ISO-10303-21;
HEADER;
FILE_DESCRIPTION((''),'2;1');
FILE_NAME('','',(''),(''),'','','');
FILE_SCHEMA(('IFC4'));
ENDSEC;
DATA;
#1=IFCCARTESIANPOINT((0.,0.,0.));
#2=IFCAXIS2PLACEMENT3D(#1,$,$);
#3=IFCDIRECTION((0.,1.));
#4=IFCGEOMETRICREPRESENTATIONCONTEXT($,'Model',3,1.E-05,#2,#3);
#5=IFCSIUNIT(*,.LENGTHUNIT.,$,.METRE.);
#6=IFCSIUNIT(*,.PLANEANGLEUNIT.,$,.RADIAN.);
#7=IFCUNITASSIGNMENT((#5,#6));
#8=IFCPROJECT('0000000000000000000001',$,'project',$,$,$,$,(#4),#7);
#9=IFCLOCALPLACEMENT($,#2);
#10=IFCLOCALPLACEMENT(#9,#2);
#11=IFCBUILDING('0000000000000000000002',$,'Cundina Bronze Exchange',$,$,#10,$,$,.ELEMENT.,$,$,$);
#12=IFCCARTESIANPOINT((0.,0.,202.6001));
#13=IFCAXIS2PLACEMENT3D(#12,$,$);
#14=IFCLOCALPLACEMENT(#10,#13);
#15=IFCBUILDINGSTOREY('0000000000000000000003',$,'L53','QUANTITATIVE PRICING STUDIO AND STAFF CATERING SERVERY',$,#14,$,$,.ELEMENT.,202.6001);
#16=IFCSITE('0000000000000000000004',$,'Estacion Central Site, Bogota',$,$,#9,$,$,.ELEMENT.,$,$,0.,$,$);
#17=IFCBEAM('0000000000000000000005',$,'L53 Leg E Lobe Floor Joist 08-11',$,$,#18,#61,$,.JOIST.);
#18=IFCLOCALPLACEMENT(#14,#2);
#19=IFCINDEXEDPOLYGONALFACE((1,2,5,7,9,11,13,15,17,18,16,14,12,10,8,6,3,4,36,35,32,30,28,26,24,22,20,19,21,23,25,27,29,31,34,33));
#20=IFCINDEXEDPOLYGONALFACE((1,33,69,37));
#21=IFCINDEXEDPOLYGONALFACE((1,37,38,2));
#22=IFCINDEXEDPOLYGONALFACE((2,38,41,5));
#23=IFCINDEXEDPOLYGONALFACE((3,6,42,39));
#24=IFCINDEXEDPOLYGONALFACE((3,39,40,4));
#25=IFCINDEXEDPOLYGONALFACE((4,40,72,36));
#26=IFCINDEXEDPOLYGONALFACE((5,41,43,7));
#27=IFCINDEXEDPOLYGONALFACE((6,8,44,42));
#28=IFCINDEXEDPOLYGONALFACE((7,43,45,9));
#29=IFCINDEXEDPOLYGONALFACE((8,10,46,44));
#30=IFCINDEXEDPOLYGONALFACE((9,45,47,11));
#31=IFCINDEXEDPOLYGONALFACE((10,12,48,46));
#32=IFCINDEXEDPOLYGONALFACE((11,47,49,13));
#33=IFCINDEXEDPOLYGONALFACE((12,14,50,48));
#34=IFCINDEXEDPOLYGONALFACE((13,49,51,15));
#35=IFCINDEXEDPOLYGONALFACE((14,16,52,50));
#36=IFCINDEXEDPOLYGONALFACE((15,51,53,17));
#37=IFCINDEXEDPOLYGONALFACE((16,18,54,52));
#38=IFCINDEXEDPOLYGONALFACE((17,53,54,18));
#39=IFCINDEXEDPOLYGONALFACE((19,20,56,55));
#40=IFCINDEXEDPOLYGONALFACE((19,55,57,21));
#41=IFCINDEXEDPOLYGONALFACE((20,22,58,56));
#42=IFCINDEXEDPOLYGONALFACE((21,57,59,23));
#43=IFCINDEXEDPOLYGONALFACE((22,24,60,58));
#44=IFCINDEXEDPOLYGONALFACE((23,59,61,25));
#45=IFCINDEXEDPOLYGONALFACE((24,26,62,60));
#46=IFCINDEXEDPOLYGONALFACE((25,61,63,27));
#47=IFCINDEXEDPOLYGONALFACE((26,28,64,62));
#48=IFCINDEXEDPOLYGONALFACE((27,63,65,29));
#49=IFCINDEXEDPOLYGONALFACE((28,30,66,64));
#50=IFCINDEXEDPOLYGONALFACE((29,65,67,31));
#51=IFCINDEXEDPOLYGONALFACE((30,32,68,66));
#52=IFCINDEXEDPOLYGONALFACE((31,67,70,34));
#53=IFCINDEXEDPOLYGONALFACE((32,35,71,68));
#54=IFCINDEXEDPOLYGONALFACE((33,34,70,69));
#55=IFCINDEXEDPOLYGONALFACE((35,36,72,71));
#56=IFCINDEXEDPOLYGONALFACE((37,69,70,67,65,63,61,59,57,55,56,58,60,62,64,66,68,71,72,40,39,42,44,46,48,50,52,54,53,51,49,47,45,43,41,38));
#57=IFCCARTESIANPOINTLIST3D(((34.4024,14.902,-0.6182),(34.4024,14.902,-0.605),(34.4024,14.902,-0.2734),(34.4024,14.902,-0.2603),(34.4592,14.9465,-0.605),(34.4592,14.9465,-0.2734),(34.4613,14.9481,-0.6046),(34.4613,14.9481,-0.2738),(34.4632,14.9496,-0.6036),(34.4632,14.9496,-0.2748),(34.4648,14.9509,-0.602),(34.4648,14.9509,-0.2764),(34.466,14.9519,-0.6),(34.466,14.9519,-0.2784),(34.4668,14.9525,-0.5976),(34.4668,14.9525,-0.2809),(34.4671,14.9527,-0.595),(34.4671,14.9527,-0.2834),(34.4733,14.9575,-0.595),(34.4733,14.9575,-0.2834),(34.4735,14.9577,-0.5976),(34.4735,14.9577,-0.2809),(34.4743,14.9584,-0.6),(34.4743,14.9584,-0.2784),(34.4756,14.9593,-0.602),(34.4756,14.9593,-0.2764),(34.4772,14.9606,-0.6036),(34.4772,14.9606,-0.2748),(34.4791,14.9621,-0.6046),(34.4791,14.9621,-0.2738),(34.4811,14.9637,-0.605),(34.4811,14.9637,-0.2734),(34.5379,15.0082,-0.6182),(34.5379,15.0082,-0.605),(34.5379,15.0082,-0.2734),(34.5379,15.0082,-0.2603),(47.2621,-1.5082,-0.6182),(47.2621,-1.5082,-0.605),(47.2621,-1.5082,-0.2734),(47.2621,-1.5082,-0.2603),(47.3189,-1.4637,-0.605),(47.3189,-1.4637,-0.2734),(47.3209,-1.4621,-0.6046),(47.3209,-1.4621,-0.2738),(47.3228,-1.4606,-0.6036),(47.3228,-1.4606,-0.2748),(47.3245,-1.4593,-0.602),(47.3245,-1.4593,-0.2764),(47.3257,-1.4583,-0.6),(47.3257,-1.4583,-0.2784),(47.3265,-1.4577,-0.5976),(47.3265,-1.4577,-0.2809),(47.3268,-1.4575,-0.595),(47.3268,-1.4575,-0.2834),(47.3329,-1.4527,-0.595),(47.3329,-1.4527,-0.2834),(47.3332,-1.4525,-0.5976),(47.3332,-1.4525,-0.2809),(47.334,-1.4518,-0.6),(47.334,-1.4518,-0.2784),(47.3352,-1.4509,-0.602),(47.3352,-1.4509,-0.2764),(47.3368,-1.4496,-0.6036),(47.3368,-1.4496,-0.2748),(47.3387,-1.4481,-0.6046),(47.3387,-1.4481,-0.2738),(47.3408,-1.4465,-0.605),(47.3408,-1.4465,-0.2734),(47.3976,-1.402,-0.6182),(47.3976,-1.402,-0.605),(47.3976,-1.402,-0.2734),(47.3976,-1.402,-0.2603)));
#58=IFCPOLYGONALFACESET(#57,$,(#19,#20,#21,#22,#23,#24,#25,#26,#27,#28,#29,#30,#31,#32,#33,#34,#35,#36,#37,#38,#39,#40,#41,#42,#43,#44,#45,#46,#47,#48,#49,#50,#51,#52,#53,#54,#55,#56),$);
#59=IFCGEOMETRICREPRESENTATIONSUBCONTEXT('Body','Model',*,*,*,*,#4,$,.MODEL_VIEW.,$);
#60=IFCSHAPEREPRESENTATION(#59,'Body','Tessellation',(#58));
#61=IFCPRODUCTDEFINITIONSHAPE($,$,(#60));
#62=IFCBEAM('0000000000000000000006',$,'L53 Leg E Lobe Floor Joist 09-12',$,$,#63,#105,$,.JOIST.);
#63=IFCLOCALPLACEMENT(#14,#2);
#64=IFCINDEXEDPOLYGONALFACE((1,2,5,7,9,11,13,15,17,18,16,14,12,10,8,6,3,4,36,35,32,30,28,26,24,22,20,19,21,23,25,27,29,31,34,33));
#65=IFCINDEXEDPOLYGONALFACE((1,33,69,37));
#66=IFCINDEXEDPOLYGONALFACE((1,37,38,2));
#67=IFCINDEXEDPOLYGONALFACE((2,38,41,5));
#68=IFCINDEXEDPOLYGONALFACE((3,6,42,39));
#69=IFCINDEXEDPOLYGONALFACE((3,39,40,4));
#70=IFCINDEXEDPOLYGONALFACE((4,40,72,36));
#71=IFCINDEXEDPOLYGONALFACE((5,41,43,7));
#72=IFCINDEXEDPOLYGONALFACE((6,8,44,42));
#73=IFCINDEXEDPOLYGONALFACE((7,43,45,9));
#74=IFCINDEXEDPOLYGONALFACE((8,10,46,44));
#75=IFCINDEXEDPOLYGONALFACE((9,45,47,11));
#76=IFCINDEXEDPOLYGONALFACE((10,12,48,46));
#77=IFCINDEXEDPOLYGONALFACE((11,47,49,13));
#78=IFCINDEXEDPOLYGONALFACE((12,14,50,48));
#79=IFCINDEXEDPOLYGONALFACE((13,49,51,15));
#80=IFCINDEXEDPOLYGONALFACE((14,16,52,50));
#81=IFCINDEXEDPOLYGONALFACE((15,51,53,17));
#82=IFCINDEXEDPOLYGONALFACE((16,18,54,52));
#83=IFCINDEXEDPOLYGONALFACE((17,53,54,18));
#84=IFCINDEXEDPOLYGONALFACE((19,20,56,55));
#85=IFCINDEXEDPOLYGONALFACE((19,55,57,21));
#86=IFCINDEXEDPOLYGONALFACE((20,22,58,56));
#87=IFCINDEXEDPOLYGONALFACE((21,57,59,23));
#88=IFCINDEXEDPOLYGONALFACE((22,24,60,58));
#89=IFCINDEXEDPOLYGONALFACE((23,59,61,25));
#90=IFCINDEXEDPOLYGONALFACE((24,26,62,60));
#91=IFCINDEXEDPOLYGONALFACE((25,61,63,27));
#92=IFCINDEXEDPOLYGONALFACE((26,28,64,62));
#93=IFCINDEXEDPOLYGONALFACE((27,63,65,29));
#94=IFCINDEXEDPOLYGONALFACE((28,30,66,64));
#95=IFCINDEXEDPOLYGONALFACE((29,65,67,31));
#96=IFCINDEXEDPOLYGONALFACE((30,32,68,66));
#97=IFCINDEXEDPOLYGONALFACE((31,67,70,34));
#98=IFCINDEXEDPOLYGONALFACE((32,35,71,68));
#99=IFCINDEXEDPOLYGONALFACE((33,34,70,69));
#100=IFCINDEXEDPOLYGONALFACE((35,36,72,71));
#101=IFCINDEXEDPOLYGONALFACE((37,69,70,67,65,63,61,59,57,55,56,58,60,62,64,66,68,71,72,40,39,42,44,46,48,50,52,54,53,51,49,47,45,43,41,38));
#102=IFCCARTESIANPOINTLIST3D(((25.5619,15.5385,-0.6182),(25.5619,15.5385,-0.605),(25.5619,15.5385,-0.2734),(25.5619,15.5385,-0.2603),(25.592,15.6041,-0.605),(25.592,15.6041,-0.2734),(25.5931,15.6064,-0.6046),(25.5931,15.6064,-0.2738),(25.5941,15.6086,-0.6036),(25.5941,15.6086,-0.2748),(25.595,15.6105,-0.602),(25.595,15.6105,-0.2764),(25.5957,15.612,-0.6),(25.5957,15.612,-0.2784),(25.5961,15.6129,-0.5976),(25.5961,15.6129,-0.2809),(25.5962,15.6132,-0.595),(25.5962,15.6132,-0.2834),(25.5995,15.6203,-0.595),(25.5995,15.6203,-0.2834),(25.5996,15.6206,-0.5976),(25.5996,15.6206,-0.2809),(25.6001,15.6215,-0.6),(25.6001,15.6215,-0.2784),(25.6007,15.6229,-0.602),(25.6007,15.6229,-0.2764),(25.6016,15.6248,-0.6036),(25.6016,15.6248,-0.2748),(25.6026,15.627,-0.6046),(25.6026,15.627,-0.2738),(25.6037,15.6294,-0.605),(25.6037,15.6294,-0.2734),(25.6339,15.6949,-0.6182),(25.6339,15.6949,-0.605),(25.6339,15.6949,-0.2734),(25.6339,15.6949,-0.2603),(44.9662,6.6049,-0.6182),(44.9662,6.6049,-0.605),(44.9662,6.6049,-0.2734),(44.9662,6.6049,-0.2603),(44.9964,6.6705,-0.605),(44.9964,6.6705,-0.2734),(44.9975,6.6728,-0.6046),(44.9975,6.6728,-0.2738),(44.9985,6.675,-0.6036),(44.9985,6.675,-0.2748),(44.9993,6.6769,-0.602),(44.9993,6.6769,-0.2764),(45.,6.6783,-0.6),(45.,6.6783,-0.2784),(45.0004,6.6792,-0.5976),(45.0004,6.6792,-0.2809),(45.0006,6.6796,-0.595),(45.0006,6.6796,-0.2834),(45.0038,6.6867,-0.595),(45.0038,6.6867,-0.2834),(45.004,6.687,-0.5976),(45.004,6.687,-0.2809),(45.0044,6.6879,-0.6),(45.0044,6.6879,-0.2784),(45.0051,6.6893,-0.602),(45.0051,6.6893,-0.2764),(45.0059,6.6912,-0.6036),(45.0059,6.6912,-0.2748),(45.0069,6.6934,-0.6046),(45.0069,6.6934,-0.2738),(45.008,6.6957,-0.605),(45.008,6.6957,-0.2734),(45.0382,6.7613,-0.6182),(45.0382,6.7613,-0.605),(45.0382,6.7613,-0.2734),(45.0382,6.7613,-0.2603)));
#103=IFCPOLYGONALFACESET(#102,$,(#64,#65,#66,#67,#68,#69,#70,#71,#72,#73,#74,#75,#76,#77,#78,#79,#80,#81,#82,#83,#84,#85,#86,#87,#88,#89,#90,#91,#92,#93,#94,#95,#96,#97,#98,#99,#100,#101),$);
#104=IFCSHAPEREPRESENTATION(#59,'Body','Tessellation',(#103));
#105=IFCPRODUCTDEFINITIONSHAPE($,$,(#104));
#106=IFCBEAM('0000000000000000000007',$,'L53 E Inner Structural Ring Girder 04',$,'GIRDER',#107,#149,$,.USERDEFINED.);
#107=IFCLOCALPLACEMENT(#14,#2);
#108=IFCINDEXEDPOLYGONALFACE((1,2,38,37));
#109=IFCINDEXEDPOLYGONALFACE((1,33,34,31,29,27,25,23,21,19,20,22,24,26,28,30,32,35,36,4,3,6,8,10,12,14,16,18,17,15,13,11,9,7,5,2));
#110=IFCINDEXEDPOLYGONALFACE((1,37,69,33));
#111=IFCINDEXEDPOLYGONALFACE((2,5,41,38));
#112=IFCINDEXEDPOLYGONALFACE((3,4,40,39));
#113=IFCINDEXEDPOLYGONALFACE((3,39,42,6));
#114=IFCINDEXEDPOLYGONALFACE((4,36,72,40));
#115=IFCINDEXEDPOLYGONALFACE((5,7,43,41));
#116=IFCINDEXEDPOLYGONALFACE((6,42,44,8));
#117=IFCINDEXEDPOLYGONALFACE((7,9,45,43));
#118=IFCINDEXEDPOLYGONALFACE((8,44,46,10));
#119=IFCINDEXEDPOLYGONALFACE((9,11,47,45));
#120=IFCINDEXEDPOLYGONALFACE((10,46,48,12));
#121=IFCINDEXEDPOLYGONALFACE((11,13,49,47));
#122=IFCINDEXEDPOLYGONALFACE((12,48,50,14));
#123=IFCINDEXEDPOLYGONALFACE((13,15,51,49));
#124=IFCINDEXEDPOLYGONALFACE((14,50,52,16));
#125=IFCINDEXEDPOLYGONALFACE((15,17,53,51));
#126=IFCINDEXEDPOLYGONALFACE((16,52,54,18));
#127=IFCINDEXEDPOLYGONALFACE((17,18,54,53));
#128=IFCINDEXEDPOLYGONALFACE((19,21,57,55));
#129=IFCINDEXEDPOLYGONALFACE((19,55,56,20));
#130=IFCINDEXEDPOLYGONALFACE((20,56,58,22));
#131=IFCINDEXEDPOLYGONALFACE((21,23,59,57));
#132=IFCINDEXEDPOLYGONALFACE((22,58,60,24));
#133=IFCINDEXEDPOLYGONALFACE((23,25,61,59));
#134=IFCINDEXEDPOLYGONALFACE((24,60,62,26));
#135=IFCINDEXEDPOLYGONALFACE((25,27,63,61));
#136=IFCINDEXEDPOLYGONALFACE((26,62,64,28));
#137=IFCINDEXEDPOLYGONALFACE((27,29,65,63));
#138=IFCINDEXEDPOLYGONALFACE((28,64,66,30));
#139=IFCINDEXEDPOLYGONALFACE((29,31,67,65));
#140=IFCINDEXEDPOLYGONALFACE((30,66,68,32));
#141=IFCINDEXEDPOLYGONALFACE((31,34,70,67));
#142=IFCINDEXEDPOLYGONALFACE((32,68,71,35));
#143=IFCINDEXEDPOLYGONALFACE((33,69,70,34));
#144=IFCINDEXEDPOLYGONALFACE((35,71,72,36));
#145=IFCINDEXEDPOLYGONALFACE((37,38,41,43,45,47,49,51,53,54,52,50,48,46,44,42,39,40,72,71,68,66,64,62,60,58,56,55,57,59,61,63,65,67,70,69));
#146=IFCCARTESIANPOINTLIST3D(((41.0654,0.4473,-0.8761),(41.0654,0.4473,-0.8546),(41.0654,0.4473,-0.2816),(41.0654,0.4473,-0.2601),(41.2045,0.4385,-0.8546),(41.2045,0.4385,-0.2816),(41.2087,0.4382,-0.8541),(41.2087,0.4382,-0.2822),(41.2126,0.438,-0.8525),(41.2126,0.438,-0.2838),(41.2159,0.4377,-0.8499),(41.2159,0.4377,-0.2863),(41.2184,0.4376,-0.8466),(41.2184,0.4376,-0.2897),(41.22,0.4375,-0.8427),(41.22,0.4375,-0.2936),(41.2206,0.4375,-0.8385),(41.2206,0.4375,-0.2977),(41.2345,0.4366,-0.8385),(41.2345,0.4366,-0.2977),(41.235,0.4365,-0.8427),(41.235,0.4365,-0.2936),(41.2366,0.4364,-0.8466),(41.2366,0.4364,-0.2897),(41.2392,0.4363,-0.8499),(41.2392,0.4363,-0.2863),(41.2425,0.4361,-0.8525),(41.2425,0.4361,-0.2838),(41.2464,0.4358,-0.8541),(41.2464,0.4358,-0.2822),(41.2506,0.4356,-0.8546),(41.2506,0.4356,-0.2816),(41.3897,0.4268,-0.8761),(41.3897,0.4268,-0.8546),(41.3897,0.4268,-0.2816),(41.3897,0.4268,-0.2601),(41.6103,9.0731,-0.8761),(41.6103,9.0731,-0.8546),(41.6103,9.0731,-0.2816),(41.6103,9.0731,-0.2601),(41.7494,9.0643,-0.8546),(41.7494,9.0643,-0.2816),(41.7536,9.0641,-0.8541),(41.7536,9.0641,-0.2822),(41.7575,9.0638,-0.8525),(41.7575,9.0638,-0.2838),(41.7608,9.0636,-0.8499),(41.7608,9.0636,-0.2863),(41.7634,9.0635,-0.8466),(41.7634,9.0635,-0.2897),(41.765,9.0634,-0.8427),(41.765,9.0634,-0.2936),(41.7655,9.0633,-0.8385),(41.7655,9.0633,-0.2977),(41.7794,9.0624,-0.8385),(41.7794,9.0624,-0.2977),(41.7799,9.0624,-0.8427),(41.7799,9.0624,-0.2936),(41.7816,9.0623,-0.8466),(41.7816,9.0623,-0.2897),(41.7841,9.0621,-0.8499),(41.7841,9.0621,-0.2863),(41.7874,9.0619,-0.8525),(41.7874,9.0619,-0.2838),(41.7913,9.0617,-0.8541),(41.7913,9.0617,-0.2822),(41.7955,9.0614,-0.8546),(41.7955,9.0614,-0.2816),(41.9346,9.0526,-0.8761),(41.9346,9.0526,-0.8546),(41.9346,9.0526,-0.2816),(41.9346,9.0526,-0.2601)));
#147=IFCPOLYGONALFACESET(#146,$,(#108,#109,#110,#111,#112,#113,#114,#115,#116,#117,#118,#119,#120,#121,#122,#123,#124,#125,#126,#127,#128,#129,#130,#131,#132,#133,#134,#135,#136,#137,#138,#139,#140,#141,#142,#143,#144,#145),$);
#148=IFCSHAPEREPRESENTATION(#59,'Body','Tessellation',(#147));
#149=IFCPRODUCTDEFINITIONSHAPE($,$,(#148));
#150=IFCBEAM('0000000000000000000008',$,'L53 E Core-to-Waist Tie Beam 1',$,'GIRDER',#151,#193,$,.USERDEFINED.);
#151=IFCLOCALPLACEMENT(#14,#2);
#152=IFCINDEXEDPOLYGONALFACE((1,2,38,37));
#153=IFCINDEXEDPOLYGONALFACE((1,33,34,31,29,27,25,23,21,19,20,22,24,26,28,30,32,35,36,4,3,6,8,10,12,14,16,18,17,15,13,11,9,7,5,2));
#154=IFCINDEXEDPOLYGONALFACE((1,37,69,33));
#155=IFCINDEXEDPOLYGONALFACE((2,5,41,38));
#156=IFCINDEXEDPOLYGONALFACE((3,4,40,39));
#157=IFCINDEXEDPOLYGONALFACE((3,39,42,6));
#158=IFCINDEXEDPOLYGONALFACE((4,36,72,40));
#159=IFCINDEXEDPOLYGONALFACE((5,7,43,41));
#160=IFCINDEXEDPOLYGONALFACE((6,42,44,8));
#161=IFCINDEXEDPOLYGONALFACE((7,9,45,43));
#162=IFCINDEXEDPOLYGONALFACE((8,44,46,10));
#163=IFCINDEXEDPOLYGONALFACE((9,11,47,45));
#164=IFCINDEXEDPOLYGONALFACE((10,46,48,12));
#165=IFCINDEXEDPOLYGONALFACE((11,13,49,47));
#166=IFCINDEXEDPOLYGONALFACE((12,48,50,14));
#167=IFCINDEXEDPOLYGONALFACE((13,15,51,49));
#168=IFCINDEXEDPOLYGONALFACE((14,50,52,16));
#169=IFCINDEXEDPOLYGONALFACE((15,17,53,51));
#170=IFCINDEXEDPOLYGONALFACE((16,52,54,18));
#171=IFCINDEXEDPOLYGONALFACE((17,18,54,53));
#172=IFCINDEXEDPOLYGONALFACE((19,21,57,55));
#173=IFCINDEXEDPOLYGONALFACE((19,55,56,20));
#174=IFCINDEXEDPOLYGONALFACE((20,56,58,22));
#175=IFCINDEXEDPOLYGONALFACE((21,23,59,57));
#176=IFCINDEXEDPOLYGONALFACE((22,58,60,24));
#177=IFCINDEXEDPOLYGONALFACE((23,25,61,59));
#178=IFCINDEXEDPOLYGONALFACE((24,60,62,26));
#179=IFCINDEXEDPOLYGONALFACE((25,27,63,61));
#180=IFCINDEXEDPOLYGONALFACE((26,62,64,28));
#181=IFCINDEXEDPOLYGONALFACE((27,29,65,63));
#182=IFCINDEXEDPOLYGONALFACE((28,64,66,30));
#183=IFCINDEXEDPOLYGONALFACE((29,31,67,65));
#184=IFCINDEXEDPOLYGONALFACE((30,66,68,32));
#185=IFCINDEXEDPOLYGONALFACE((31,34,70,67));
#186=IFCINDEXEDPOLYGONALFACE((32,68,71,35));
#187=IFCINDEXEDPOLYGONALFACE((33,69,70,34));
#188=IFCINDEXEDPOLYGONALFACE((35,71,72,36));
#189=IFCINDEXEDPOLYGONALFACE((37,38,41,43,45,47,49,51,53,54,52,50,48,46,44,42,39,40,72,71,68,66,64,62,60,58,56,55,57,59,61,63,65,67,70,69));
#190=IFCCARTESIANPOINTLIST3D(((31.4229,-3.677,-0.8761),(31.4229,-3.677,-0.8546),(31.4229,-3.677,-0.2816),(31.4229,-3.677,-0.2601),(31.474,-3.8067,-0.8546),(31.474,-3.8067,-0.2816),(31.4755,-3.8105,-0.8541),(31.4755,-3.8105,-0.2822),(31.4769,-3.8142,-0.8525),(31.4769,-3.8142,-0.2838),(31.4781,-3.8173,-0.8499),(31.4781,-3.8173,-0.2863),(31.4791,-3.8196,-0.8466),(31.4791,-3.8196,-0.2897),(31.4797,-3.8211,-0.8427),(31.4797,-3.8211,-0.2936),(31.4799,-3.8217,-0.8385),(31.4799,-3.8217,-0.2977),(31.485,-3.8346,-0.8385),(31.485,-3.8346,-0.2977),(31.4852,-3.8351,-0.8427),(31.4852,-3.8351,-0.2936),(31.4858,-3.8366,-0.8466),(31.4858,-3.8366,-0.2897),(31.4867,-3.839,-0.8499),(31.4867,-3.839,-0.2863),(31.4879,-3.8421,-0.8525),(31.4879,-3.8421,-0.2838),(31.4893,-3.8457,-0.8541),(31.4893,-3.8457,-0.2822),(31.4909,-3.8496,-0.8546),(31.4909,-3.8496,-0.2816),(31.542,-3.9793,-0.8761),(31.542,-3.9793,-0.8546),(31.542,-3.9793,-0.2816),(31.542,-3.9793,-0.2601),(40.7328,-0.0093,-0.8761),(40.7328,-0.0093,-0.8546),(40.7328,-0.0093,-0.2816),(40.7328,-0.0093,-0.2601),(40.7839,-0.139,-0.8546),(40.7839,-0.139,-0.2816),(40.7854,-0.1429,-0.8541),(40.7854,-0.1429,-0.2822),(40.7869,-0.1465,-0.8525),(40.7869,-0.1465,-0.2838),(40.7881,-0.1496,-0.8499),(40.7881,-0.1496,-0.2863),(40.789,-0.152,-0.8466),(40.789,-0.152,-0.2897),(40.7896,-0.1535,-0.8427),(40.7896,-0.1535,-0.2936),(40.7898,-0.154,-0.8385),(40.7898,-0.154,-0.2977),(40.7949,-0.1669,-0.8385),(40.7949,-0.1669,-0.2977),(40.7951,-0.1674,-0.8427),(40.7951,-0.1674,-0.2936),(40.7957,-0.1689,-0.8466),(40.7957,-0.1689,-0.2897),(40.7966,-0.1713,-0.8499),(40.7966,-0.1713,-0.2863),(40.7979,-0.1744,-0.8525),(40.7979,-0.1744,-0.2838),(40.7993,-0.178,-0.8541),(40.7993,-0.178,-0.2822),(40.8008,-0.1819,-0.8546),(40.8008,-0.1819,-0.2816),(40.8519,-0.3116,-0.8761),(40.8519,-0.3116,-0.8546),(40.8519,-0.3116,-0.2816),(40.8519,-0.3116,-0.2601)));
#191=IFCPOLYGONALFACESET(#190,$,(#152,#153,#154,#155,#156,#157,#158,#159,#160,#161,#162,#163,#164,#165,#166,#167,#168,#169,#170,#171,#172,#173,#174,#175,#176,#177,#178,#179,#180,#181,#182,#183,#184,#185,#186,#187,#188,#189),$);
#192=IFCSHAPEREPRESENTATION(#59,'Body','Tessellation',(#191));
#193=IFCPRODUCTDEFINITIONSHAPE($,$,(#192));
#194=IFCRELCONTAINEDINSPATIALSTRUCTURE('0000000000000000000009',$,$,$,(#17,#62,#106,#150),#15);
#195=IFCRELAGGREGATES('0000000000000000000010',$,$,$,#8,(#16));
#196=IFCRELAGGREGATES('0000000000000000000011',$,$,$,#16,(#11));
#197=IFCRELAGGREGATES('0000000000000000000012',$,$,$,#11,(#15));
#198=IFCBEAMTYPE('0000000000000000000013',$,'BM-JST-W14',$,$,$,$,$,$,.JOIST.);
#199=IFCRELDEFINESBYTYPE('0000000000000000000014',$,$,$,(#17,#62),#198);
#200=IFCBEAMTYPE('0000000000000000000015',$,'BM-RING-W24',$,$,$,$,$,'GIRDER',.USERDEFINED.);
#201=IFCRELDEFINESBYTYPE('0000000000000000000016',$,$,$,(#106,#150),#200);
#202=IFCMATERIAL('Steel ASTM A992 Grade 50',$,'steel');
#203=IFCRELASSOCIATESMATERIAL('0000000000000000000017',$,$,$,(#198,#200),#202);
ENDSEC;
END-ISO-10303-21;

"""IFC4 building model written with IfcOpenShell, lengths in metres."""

from ifc_helpers import new_model, si_unit, direction, frame, origin, origin_2d, place, context, subcontext, project, spatial, i_section, extrude, material, material_profile, profile_set, type_object, element, save


model = new_model("IFC4")

# Units and contexts
model_context = context("Model", 3, precision=1e-05, world=origin(), true_north=direction((0.0, 1.0)))
body_context = subcontext(model_context, "Body", "Model", "MODEL_VIEW")
ifc_project = project(units=[si_unit("LENGTHUNIT", "METRE"), si_unit("PLANEANGLEUNIT", "RADIAN")], contexts=[model_context])

# Site, building, storey
site_placement = place(None, origin())
site = spatial("IfcSite", under=ifc_project, at=site_placement, Name="Estacion Central Site, Bogota", CompositionType="ELEMENT", RefElevation=0.0)
building_placement = place(site_placement, origin())
building = spatial("IfcBuilding", under=site, at=building_placement, Name="Cundina Bronze Exchange", CompositionType="ELEMENT")
storey_placement = place(building_placement, frame((0.0, 0.0, 202.6001)))
storey = spatial("IfcBuildingStorey", under=building, at=storey_placement, Name="L53", Description="QUANTITATIVE PRICING STUDIO AND STAFF CATERING SERVERY", CompositionType="ELEMENT", Elevation=202.6001)

# Shared definitions
ifc_material_1 = material(Name="Steel ASTM A992 Grade 50", Category="steel")

# Beams
ifc_material_profile_1 = material_profile(ifc_material_1, i_section(OverallWidth=0.1721, OverallDepth=0.3579, WebThickness=0.0078, FlangeThickness=0.0132, FilletRadius=0.01, at=origin_2d()), Name="W14X38", Category="steel")
ifc_profile_set_1 = profile_set([ifc_material_profile_1], Name="Steel ASTM A992 Grade 50")
beam_type_1 = type_object("IfcBeamType", Name="BM-JST-W14", PredefinedType="JOIST", material=ifc_profile_set_1)
beam_1_placement = place(storey_placement, frame((47.3298, -1.4551, -0.4392), z_axis=(-0.61681, 0.787112, 0.0), x_axis=(-0.787112, -0.61681, 0.0)))
element("IfcBeam", 1, at=beam_1_placement, inside=storey, type_object=beam_type_1, Name="L53 Leg E Lobe Floor Joist 08-11", PredefinedType="JOIST", context=body_context, shape_type="SweptSolid", body=[
    extrude(i_section(OverallWidth=0.1721, OverallDepth=0.3579, WebThickness=0.0078, FlangeThickness=0.0132, FilletRadius=0.01, at=origin_2d()), origin(), (0.0, 0.0, 1.0), 20.8486),
])
beam_2_placement = place(storey_placement, frame((45.0022, 6.6831, -0.4392), z_axis=(-0.908355, 0.4182, 0.0), x_axis=(-0.4182, -0.908355, 0.0)))
element("IfcBeam", 2, at=beam_2_placement, inside=storey, type_object=beam_type_1, Name="L53 Leg E Lobe Floor Joist 09-12", PredefinedType="JOIST", context=body_context, shape_type="SweptSolid", body=[
    extrude(i_section(OverallWidth=0.1721, OverallDepth=0.3579, WebThickness=0.0078, FlangeThickness=0.0132, FilletRadius=0.01, at=origin_2d()), origin(), (0.0, 0.0, 1.0), 21.3621),
])
ifc_material_profile_2 = material_profile(ifc_material_1, i_section(OverallWidth=0.325, OverallDepth=0.616, WebThickness=0.0139, FlangeThickness=0.0215, FilletRadius=0.0161, at=origin_2d()), Name="W24X117", Category="steel")
ifc_profile_set_2 = profile_set([ifc_material_profile_2], Name="Steel ASTM A992 Grade 50")
beam_type_2 = type_object("IfcBeamType", Name="BM-RING-W24", ElementType="GIRDER", PredefinedType="USERDEFINED", material=ifc_profile_set_2)
beam_3_placement = place(storey_placement, frame((41.2275, 0.437, -0.5681), z_axis=(0.063047, 0.998011, 0.0), x_axis=(-0.998011, 0.063047, 0.0)))
element("IfcBeam", 3, at=beam_3_placement, inside=storey, type_object=beam_type_2, Name="L53 E Inner Structural Ring Girder 04", ObjectType="GIRDER", PredefinedType="USERDEFINED", context=body_context, shape_type="SweptSolid", body=[
    extrude(i_section(OverallWidth=0.325, OverallDepth=0.616, WebThickness=0.0139, FlangeThickness=0.0215, FilletRadius=0.0161, at=origin_2d()), origin(), (0.0, 0.0, 1.0), 8.6431),
])
beam_4_placement = place(storey_placement, frame((31.4824, -3.8281, -0.5681), z_axis=(0.930404, 0.366535, 0.0), x_axis=(-0.366535, 0.930404, 0.0)))
element("IfcBeam", 4, at=beam_4_placement, inside=storey, type_object=beam_type_2, Name="L53 E Core-to-Waist Tie Beam 1", ObjectType="GIRDER", PredefinedType="USERDEFINED", context=body_context, shape_type="SweptSolid", body=[
    extrude(i_section(OverallWidth=0.325, OverallDepth=0.616, WebThickness=0.0139, FlangeThickness=0.0215, FilletRadius=0.0161, at=origin_2d()), origin(), (0.0, 0.0, 1.0), 10.0063),
])

save(model, "model.ifc")
